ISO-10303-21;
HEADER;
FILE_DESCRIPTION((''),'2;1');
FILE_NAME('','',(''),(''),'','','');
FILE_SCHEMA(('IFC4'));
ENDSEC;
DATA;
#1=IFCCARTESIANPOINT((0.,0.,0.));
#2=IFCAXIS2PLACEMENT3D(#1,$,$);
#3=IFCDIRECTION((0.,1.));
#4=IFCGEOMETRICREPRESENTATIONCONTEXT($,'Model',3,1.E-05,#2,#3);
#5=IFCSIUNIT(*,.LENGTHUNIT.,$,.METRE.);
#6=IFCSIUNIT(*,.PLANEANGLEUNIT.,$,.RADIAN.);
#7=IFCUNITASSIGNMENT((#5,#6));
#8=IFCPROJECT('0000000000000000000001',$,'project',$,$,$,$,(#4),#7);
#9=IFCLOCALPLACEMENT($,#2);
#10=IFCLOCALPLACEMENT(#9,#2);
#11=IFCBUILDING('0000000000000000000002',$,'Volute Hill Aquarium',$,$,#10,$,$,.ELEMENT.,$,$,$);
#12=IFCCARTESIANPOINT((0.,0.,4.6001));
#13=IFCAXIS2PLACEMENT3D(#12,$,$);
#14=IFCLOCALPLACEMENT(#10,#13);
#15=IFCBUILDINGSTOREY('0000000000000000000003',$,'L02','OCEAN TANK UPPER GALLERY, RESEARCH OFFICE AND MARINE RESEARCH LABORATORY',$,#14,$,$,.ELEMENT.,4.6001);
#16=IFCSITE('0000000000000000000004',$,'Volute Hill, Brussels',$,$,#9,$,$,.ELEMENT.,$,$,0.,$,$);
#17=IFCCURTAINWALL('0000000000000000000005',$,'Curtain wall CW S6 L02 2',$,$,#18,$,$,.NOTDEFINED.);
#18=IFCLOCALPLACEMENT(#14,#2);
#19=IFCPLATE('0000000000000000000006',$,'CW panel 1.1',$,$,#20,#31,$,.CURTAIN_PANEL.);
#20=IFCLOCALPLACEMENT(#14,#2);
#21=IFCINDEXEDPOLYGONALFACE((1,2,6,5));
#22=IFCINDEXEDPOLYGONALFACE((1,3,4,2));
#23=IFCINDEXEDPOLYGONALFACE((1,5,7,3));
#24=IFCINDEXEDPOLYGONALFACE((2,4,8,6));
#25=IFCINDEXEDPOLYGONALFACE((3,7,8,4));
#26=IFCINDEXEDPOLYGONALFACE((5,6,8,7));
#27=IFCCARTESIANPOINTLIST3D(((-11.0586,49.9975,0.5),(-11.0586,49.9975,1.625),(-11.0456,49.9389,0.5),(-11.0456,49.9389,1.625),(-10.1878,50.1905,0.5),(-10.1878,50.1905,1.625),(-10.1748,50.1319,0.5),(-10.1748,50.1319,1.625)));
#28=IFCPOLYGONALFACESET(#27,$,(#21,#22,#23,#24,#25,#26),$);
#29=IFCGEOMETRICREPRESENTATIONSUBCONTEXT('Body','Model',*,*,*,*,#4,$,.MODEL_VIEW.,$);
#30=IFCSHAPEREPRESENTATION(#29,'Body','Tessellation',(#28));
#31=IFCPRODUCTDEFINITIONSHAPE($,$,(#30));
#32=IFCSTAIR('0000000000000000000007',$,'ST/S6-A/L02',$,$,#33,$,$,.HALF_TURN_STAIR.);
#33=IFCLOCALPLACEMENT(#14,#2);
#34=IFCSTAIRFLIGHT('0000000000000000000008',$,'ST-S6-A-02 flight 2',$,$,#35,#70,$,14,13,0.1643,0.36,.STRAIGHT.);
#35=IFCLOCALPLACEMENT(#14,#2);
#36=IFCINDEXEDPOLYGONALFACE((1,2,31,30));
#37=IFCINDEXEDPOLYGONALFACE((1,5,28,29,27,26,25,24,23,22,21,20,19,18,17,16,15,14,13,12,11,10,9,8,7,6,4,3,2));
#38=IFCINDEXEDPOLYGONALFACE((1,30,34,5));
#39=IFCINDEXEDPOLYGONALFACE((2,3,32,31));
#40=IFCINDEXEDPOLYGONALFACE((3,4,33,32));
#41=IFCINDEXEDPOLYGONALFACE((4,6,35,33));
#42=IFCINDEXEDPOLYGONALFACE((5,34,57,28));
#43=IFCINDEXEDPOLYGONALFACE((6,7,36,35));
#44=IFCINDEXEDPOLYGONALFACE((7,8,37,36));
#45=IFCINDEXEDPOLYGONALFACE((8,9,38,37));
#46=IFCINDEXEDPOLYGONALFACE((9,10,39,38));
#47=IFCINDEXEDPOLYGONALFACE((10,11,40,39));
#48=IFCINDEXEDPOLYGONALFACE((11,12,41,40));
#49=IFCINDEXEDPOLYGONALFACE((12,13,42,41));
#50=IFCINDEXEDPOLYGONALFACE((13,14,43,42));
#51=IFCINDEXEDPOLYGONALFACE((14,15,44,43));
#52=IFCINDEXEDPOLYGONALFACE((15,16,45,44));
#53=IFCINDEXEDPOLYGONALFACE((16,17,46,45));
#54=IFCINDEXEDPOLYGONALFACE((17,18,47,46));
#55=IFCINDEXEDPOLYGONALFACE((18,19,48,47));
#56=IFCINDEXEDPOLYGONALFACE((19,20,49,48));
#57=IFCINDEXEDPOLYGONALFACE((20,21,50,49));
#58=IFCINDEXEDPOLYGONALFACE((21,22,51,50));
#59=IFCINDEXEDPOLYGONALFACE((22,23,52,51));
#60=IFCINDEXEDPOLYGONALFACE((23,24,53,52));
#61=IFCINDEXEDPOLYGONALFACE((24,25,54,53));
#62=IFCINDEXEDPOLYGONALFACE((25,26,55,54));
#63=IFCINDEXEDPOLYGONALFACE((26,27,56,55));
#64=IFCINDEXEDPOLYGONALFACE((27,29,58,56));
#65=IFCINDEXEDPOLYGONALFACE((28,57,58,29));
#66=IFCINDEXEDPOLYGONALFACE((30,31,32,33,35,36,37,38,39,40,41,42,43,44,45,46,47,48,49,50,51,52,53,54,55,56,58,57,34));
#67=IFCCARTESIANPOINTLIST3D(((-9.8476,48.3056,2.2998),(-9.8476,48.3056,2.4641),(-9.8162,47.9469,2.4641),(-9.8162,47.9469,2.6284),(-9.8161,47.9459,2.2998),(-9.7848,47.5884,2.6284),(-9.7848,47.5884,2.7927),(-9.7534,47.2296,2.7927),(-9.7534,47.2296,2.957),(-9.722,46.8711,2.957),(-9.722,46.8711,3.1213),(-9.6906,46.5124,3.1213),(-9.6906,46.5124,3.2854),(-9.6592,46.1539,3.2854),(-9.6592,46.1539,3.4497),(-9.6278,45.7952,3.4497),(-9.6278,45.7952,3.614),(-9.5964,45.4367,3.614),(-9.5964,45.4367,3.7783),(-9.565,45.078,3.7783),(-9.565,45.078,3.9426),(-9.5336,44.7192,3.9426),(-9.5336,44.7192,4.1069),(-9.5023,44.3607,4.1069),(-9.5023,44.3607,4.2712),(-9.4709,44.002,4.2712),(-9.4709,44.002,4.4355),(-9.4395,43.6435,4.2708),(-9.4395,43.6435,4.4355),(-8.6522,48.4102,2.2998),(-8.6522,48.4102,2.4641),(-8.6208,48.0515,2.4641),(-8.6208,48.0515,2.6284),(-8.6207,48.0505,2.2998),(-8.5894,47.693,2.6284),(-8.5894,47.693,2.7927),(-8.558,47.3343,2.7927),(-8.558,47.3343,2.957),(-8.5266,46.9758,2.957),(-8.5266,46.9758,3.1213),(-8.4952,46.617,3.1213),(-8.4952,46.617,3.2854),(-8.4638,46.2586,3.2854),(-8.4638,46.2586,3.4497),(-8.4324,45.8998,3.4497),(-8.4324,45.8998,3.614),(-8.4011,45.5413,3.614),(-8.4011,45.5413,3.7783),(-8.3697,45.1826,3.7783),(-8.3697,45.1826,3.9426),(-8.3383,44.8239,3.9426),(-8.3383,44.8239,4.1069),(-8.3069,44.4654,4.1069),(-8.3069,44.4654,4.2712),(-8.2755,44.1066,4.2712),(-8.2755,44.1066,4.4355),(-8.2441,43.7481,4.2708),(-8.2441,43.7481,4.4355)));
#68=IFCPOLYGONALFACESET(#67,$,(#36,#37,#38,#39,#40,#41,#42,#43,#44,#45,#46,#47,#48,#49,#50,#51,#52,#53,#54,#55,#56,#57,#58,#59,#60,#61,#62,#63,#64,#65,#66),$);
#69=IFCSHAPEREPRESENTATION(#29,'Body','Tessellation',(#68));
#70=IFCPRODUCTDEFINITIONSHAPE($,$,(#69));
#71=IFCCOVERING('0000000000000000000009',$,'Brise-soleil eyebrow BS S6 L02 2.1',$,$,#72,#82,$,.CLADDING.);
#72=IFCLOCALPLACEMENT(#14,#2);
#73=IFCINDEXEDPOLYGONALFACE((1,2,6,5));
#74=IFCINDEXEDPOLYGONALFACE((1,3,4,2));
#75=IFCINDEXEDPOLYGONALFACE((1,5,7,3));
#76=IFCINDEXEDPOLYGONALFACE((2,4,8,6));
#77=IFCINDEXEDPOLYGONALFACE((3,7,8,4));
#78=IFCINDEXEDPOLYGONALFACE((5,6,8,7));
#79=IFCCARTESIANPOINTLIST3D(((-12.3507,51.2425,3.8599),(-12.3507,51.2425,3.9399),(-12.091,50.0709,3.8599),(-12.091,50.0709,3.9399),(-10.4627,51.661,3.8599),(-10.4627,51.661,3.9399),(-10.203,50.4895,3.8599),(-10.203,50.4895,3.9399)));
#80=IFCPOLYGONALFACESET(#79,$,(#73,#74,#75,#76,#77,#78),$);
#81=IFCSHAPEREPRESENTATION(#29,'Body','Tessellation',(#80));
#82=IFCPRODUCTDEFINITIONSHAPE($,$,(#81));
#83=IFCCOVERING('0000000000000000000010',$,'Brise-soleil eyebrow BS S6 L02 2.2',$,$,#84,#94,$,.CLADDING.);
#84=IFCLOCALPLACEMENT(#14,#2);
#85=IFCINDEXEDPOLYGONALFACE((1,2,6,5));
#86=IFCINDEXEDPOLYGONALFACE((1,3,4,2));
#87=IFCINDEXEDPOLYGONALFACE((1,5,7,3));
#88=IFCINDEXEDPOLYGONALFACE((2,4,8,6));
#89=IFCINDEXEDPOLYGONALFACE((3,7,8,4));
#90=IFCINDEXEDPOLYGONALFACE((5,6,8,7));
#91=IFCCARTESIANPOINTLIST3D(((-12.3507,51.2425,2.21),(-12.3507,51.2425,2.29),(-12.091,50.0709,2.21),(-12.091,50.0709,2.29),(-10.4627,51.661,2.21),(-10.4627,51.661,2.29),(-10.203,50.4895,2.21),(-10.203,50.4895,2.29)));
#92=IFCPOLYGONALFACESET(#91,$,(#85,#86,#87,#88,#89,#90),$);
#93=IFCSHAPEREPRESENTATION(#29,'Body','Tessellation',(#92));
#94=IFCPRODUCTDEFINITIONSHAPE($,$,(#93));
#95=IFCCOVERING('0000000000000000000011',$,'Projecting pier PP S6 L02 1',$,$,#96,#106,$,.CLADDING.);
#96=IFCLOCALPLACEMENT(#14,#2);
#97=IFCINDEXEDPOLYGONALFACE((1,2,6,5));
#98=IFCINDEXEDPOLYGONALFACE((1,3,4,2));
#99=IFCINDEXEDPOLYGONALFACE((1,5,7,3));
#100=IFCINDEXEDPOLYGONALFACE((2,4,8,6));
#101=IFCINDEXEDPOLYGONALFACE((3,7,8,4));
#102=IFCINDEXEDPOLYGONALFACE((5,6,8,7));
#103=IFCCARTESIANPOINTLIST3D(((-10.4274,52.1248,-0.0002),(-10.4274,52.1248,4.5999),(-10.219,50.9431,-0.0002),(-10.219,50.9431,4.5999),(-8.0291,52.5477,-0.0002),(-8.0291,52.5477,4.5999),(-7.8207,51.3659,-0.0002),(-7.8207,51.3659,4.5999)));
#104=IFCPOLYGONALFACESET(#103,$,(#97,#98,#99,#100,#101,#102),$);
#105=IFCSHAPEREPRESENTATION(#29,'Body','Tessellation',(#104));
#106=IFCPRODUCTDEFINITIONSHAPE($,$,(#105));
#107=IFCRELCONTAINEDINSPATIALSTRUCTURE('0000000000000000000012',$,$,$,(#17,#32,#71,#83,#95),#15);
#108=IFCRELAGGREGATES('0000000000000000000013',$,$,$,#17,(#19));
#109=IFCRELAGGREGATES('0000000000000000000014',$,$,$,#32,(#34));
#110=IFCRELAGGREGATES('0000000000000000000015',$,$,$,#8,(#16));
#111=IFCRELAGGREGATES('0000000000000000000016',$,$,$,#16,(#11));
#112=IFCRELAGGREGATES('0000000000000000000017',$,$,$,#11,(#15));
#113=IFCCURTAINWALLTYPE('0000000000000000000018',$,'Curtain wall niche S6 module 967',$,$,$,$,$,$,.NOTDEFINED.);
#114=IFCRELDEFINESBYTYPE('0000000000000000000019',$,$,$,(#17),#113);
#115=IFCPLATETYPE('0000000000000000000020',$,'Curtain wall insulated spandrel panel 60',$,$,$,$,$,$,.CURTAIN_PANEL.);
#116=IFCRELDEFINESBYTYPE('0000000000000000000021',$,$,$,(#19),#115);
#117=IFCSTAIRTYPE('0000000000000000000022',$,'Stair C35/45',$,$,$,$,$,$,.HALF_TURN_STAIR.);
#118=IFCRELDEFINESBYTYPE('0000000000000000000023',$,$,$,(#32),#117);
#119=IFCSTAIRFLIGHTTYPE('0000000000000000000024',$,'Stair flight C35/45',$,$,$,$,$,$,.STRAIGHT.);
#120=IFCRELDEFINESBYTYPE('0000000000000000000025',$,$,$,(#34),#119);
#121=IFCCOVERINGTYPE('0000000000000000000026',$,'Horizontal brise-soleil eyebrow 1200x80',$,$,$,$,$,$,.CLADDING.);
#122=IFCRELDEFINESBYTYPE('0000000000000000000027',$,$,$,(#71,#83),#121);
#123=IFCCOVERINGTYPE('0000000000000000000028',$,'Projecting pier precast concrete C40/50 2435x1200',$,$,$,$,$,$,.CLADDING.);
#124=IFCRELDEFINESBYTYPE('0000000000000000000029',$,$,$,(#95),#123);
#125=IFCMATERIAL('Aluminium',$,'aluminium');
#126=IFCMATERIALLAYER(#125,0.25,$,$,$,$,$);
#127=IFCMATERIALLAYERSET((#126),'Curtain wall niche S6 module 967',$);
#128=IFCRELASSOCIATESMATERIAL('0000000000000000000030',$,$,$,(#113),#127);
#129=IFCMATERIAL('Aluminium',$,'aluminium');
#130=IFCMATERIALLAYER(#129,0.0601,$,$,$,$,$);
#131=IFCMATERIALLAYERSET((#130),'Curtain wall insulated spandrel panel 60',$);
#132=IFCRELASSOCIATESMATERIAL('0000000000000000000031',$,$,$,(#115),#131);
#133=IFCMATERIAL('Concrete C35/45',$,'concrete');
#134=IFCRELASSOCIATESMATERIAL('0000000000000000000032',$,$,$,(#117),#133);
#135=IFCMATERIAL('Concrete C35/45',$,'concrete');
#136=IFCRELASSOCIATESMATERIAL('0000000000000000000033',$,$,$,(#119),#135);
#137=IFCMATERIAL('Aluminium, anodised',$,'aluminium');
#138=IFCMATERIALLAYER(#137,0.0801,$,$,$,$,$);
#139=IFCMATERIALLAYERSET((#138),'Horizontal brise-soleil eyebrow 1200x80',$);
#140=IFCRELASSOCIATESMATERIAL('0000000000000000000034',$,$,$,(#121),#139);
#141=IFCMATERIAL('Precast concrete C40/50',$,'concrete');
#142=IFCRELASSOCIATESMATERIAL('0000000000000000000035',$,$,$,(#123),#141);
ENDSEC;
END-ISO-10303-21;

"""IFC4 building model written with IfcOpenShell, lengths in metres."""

from ifc_helpers import new_model, si_unit, direction, frame, origin, origin_2d, place, context, subcontext, project, spatial, polyline, rectangle, outline, extrude, material, layer, layer_set, type_object, element, aggregate, save


model = new_model("IFC4")

# Units and contexts
model_context = context("Model", 3, precision=1e-05, world=origin(), true_north=direction((0.0, 1.0)))
body_context = subcontext(model_context, "Body", "Model", "MODEL_VIEW")
ifc_project = project(units=[si_unit("LENGTHUNIT", "METRE"), si_unit("PLANEANGLEUNIT", "RADIAN")], contexts=[model_context])

# Site, building, storey
site_placement = place(None, origin())
site = spatial("IfcSite", under=ifc_project, at=site_placement, Name="Volute Hill, Brussels", CompositionType="ELEMENT", RefElevation=0.0)
building_placement = place(site_placement, origin())
building = spatial("IfcBuilding", under=site, at=building_placement, Name="Volute Hill Aquarium", CompositionType="ELEMENT")
storey_placement = place(building_placement, frame((0.0, 0.0, 4.6001)))
storey = spatial("IfcBuildingStorey", under=building, at=storey_placement, Name="L02", Description="OCEAN TANK UPPER GALLERY, RESEARCH OFFICE AND MARINE RESEARCH LABORATORY", CompositionType="ELEMENT", Elevation=4.6001)

# Curtain wall
ifc_material_1 = material(Name="Aluminium", Category="aluminium")
ifc_layer_1 = layer(ifc_material_1, 0.25)
ifc_layer_set_1 = layer_set([ifc_layer_1], Name="Curtain wall niche S6 module 967")
curtain_wall_type = type_object("IfcCurtainWallType", Name="Curtain wall niche S6 module 967", PredefinedType="NOTDEFINED", material=ifc_layer_set_1)
curtain_wall_placement = place(storey_placement, origin())
curtain_wall = element("IfcCurtainWall", 1, at=curtain_wall_placement, inside=storey, type_object=curtain_wall_type, Name="Curtain wall CW S6 L02 2", PredefinedType="NOTDEFINED")

# Plate
ifc_material_2 = material(Name="Aluminium", Category="aluminium")
ifc_layer_2 = layer(ifc_material_2, 0.0601)
ifc_layer_set_2 = layer_set([ifc_layer_2], Name="Curtain wall insulated spandrel panel 60")
plate_type_1 = type_object("IfcPlateType", Name="Curtain wall insulated spandrel panel 60", PredefinedType="CURTAIN_PANEL", material=ifc_layer_set_2)
plate_1_placement = place(storey_placement, frame((-10.6167, 50.0647, 0.5), z_axis=(0.0, 0.0, 1.0), x_axis=(-0.976298, -0.216429, 0.0)))
plate_1 = element("IfcPlate", 2, at=plate_1_placement, type_object=plate_type_1, Name="CW panel 1.1", PredefinedType="CURTAIN_PANEL", context=body_context, shape_type="SweptSolid", body=[
    extrude(rectangle(XDim=0.8918, YDim=0.0601, at=origin_2d()), origin(), (0.0, 0.0, 1.0), 1.125),
])
aggregate(curtain_wall, [plate_1])

# Stair, stair flight
ifc_material_3 = material(Name="Concrete C35/45", Category="concrete")
stair_type = type_object("IfcStairType", Name="Stair C35/45", PredefinedType="HALF_TURN_STAIR", material=ifc_material_3)
stair_placement = place(storey_placement, origin())
stair = element("IfcStair", 3, at=stair_placement, inside=storey, type_object=stair_type, Name="ST/S6-A/L02", PredefinedType="HALF_TURN_STAIR")
ifc_material_4 = material(Name="Concrete C35/45", Category="concrete")
stair_flight_type = type_object("IfcStairFlightType", Name="Stair flight C35/45", PredefinedType="STRAIGHT", material=ifc_material_4)
stair_flight_placement = place(storey_placement, frame((-9.25, 48.3579, 2.2998), z_axis=(0.0, 0.0, 1.0), x_axis=(0.087199, -0.996191, 0.0)))
stair_flight = element("IfcStairFlight", 4, at=stair_flight_placement, type_object=stair_flight_type, Name="ST-S6-A-02 flight 2", NumberOfRisers=14, NumberOfTreads=13, PredefinedType="STRAIGHT", RiserHeight=0.1643, TreadLength=0.36, context=body_context, shape_type="SweptSolid", body=[
    extrude(outline(polyline([(0.0, 0.0), (0.0, 0.1643), (0.3601, 0.1643), (0.3601, 0.3286), (0.72, 0.3286), (0.72, 0.4929), (1.0801, 0.4929), (1.0801, 0.6572), (1.4399, 0.6572), (1.4399, 0.8215), (1.8, 0.8215), (1.8, 0.9856), (2.1599, 0.9856), (2.1599, 1.1499), (2.52, 1.1499), (2.52, 1.3142), (2.8799, 1.3142), (2.8799, 1.4785), (3.24, 1.4785), (3.24, 1.6428), (3.6001, 1.6428), (3.6001, 1.8071), (3.96, 1.8071), (3.96, 1.9714), (4.3201, 1.9714), (4.3201, 2.1357), (4.6799, 2.1357), (4.6799, 2.3), (4.6799, 1.9709), (0.3611, 0.0), (0.0, 0.0)])), frame((0.0, 0.6001, 0.0), z_axis=(0.0, -1.0, 0.0), x_axis=(1.0, 0.0, 0.0)), (0.0, 0.0, 1.0), 1.2),
])
aggregate(stair, [stair_flight])

# Coverings
ifc_material_5 = material(Name="Aluminium, anodised", Category="aluminium")
ifc_layer_3 = layer(ifc_material_5, 0.0801)
ifc_layer_set_3 = layer_set([ifc_layer_3], Name="Horizontal brise-soleil eyebrow 1200x80")
covering_type_1 = type_object("IfcCoveringType", Name="Horizontal brise-soleil eyebrow 1200x80", PredefinedType="CLADDING", material=ifc_layer_set_3)
for number, where, z_axis, x_axis, name in (
    (5, (-11.2769, 50.866, 3.8599), (0.0, 0.0, 1.0), (-0.976298, -0.216429, 0.0), "Brise-soleil eyebrow BS S6 L02 2.1"),
    (6, (-11.2769, 50.866, 2.21), (0.0, 0.0, 1.0), (-0.976298, -0.216429, 0.0), "Brise-soleil eyebrow BS S6 L02 2.2"),
):
    element("IfcCovering", number, at=place(storey_placement, frame(where, z_axis=z_axis, x_axis=x_axis)), inside=storey, type_object=covering_type_1, Name=name, PredefinedType="CLADDING", context=body_context, shape_type="SweptSolid", body=[
        extrude(rectangle(XDim=1.9338, YDim=1.2, at=origin_2d()), origin(), (0.0, 0.0, 1.0), 0.0801),
    ])
ifc_material_6 = material(Name="Precast concrete C40/50", Category="concrete")
covering_type_2 = type_object("IfcCoveringType", Name="Projecting pier precast concrete C40/50 2435x1200", PredefinedType="CLADDING", material=ifc_material_6)
covering_placement = place(storey_placement, frame((-9.124, 51.7454, -0.0002), z_axis=(0.0, 0.0, 1.0), x_axis=(-0.984808, -0.173648, 0.0)))
element("IfcCovering", 7, at=covering_placement, inside=storey, type_object=covering_type_2, Name="Projecting pier PP S6 L02 1", PredefinedType="CLADDING", context=body_context, shape_type="SweptSolid", body=[
    extrude(rectangle(XDim=2.4353, YDim=1.2, at=origin_2d()), origin(), (0.0, 0.0, 1.0), 4.6001),
])

save(model, "model.ifc")
